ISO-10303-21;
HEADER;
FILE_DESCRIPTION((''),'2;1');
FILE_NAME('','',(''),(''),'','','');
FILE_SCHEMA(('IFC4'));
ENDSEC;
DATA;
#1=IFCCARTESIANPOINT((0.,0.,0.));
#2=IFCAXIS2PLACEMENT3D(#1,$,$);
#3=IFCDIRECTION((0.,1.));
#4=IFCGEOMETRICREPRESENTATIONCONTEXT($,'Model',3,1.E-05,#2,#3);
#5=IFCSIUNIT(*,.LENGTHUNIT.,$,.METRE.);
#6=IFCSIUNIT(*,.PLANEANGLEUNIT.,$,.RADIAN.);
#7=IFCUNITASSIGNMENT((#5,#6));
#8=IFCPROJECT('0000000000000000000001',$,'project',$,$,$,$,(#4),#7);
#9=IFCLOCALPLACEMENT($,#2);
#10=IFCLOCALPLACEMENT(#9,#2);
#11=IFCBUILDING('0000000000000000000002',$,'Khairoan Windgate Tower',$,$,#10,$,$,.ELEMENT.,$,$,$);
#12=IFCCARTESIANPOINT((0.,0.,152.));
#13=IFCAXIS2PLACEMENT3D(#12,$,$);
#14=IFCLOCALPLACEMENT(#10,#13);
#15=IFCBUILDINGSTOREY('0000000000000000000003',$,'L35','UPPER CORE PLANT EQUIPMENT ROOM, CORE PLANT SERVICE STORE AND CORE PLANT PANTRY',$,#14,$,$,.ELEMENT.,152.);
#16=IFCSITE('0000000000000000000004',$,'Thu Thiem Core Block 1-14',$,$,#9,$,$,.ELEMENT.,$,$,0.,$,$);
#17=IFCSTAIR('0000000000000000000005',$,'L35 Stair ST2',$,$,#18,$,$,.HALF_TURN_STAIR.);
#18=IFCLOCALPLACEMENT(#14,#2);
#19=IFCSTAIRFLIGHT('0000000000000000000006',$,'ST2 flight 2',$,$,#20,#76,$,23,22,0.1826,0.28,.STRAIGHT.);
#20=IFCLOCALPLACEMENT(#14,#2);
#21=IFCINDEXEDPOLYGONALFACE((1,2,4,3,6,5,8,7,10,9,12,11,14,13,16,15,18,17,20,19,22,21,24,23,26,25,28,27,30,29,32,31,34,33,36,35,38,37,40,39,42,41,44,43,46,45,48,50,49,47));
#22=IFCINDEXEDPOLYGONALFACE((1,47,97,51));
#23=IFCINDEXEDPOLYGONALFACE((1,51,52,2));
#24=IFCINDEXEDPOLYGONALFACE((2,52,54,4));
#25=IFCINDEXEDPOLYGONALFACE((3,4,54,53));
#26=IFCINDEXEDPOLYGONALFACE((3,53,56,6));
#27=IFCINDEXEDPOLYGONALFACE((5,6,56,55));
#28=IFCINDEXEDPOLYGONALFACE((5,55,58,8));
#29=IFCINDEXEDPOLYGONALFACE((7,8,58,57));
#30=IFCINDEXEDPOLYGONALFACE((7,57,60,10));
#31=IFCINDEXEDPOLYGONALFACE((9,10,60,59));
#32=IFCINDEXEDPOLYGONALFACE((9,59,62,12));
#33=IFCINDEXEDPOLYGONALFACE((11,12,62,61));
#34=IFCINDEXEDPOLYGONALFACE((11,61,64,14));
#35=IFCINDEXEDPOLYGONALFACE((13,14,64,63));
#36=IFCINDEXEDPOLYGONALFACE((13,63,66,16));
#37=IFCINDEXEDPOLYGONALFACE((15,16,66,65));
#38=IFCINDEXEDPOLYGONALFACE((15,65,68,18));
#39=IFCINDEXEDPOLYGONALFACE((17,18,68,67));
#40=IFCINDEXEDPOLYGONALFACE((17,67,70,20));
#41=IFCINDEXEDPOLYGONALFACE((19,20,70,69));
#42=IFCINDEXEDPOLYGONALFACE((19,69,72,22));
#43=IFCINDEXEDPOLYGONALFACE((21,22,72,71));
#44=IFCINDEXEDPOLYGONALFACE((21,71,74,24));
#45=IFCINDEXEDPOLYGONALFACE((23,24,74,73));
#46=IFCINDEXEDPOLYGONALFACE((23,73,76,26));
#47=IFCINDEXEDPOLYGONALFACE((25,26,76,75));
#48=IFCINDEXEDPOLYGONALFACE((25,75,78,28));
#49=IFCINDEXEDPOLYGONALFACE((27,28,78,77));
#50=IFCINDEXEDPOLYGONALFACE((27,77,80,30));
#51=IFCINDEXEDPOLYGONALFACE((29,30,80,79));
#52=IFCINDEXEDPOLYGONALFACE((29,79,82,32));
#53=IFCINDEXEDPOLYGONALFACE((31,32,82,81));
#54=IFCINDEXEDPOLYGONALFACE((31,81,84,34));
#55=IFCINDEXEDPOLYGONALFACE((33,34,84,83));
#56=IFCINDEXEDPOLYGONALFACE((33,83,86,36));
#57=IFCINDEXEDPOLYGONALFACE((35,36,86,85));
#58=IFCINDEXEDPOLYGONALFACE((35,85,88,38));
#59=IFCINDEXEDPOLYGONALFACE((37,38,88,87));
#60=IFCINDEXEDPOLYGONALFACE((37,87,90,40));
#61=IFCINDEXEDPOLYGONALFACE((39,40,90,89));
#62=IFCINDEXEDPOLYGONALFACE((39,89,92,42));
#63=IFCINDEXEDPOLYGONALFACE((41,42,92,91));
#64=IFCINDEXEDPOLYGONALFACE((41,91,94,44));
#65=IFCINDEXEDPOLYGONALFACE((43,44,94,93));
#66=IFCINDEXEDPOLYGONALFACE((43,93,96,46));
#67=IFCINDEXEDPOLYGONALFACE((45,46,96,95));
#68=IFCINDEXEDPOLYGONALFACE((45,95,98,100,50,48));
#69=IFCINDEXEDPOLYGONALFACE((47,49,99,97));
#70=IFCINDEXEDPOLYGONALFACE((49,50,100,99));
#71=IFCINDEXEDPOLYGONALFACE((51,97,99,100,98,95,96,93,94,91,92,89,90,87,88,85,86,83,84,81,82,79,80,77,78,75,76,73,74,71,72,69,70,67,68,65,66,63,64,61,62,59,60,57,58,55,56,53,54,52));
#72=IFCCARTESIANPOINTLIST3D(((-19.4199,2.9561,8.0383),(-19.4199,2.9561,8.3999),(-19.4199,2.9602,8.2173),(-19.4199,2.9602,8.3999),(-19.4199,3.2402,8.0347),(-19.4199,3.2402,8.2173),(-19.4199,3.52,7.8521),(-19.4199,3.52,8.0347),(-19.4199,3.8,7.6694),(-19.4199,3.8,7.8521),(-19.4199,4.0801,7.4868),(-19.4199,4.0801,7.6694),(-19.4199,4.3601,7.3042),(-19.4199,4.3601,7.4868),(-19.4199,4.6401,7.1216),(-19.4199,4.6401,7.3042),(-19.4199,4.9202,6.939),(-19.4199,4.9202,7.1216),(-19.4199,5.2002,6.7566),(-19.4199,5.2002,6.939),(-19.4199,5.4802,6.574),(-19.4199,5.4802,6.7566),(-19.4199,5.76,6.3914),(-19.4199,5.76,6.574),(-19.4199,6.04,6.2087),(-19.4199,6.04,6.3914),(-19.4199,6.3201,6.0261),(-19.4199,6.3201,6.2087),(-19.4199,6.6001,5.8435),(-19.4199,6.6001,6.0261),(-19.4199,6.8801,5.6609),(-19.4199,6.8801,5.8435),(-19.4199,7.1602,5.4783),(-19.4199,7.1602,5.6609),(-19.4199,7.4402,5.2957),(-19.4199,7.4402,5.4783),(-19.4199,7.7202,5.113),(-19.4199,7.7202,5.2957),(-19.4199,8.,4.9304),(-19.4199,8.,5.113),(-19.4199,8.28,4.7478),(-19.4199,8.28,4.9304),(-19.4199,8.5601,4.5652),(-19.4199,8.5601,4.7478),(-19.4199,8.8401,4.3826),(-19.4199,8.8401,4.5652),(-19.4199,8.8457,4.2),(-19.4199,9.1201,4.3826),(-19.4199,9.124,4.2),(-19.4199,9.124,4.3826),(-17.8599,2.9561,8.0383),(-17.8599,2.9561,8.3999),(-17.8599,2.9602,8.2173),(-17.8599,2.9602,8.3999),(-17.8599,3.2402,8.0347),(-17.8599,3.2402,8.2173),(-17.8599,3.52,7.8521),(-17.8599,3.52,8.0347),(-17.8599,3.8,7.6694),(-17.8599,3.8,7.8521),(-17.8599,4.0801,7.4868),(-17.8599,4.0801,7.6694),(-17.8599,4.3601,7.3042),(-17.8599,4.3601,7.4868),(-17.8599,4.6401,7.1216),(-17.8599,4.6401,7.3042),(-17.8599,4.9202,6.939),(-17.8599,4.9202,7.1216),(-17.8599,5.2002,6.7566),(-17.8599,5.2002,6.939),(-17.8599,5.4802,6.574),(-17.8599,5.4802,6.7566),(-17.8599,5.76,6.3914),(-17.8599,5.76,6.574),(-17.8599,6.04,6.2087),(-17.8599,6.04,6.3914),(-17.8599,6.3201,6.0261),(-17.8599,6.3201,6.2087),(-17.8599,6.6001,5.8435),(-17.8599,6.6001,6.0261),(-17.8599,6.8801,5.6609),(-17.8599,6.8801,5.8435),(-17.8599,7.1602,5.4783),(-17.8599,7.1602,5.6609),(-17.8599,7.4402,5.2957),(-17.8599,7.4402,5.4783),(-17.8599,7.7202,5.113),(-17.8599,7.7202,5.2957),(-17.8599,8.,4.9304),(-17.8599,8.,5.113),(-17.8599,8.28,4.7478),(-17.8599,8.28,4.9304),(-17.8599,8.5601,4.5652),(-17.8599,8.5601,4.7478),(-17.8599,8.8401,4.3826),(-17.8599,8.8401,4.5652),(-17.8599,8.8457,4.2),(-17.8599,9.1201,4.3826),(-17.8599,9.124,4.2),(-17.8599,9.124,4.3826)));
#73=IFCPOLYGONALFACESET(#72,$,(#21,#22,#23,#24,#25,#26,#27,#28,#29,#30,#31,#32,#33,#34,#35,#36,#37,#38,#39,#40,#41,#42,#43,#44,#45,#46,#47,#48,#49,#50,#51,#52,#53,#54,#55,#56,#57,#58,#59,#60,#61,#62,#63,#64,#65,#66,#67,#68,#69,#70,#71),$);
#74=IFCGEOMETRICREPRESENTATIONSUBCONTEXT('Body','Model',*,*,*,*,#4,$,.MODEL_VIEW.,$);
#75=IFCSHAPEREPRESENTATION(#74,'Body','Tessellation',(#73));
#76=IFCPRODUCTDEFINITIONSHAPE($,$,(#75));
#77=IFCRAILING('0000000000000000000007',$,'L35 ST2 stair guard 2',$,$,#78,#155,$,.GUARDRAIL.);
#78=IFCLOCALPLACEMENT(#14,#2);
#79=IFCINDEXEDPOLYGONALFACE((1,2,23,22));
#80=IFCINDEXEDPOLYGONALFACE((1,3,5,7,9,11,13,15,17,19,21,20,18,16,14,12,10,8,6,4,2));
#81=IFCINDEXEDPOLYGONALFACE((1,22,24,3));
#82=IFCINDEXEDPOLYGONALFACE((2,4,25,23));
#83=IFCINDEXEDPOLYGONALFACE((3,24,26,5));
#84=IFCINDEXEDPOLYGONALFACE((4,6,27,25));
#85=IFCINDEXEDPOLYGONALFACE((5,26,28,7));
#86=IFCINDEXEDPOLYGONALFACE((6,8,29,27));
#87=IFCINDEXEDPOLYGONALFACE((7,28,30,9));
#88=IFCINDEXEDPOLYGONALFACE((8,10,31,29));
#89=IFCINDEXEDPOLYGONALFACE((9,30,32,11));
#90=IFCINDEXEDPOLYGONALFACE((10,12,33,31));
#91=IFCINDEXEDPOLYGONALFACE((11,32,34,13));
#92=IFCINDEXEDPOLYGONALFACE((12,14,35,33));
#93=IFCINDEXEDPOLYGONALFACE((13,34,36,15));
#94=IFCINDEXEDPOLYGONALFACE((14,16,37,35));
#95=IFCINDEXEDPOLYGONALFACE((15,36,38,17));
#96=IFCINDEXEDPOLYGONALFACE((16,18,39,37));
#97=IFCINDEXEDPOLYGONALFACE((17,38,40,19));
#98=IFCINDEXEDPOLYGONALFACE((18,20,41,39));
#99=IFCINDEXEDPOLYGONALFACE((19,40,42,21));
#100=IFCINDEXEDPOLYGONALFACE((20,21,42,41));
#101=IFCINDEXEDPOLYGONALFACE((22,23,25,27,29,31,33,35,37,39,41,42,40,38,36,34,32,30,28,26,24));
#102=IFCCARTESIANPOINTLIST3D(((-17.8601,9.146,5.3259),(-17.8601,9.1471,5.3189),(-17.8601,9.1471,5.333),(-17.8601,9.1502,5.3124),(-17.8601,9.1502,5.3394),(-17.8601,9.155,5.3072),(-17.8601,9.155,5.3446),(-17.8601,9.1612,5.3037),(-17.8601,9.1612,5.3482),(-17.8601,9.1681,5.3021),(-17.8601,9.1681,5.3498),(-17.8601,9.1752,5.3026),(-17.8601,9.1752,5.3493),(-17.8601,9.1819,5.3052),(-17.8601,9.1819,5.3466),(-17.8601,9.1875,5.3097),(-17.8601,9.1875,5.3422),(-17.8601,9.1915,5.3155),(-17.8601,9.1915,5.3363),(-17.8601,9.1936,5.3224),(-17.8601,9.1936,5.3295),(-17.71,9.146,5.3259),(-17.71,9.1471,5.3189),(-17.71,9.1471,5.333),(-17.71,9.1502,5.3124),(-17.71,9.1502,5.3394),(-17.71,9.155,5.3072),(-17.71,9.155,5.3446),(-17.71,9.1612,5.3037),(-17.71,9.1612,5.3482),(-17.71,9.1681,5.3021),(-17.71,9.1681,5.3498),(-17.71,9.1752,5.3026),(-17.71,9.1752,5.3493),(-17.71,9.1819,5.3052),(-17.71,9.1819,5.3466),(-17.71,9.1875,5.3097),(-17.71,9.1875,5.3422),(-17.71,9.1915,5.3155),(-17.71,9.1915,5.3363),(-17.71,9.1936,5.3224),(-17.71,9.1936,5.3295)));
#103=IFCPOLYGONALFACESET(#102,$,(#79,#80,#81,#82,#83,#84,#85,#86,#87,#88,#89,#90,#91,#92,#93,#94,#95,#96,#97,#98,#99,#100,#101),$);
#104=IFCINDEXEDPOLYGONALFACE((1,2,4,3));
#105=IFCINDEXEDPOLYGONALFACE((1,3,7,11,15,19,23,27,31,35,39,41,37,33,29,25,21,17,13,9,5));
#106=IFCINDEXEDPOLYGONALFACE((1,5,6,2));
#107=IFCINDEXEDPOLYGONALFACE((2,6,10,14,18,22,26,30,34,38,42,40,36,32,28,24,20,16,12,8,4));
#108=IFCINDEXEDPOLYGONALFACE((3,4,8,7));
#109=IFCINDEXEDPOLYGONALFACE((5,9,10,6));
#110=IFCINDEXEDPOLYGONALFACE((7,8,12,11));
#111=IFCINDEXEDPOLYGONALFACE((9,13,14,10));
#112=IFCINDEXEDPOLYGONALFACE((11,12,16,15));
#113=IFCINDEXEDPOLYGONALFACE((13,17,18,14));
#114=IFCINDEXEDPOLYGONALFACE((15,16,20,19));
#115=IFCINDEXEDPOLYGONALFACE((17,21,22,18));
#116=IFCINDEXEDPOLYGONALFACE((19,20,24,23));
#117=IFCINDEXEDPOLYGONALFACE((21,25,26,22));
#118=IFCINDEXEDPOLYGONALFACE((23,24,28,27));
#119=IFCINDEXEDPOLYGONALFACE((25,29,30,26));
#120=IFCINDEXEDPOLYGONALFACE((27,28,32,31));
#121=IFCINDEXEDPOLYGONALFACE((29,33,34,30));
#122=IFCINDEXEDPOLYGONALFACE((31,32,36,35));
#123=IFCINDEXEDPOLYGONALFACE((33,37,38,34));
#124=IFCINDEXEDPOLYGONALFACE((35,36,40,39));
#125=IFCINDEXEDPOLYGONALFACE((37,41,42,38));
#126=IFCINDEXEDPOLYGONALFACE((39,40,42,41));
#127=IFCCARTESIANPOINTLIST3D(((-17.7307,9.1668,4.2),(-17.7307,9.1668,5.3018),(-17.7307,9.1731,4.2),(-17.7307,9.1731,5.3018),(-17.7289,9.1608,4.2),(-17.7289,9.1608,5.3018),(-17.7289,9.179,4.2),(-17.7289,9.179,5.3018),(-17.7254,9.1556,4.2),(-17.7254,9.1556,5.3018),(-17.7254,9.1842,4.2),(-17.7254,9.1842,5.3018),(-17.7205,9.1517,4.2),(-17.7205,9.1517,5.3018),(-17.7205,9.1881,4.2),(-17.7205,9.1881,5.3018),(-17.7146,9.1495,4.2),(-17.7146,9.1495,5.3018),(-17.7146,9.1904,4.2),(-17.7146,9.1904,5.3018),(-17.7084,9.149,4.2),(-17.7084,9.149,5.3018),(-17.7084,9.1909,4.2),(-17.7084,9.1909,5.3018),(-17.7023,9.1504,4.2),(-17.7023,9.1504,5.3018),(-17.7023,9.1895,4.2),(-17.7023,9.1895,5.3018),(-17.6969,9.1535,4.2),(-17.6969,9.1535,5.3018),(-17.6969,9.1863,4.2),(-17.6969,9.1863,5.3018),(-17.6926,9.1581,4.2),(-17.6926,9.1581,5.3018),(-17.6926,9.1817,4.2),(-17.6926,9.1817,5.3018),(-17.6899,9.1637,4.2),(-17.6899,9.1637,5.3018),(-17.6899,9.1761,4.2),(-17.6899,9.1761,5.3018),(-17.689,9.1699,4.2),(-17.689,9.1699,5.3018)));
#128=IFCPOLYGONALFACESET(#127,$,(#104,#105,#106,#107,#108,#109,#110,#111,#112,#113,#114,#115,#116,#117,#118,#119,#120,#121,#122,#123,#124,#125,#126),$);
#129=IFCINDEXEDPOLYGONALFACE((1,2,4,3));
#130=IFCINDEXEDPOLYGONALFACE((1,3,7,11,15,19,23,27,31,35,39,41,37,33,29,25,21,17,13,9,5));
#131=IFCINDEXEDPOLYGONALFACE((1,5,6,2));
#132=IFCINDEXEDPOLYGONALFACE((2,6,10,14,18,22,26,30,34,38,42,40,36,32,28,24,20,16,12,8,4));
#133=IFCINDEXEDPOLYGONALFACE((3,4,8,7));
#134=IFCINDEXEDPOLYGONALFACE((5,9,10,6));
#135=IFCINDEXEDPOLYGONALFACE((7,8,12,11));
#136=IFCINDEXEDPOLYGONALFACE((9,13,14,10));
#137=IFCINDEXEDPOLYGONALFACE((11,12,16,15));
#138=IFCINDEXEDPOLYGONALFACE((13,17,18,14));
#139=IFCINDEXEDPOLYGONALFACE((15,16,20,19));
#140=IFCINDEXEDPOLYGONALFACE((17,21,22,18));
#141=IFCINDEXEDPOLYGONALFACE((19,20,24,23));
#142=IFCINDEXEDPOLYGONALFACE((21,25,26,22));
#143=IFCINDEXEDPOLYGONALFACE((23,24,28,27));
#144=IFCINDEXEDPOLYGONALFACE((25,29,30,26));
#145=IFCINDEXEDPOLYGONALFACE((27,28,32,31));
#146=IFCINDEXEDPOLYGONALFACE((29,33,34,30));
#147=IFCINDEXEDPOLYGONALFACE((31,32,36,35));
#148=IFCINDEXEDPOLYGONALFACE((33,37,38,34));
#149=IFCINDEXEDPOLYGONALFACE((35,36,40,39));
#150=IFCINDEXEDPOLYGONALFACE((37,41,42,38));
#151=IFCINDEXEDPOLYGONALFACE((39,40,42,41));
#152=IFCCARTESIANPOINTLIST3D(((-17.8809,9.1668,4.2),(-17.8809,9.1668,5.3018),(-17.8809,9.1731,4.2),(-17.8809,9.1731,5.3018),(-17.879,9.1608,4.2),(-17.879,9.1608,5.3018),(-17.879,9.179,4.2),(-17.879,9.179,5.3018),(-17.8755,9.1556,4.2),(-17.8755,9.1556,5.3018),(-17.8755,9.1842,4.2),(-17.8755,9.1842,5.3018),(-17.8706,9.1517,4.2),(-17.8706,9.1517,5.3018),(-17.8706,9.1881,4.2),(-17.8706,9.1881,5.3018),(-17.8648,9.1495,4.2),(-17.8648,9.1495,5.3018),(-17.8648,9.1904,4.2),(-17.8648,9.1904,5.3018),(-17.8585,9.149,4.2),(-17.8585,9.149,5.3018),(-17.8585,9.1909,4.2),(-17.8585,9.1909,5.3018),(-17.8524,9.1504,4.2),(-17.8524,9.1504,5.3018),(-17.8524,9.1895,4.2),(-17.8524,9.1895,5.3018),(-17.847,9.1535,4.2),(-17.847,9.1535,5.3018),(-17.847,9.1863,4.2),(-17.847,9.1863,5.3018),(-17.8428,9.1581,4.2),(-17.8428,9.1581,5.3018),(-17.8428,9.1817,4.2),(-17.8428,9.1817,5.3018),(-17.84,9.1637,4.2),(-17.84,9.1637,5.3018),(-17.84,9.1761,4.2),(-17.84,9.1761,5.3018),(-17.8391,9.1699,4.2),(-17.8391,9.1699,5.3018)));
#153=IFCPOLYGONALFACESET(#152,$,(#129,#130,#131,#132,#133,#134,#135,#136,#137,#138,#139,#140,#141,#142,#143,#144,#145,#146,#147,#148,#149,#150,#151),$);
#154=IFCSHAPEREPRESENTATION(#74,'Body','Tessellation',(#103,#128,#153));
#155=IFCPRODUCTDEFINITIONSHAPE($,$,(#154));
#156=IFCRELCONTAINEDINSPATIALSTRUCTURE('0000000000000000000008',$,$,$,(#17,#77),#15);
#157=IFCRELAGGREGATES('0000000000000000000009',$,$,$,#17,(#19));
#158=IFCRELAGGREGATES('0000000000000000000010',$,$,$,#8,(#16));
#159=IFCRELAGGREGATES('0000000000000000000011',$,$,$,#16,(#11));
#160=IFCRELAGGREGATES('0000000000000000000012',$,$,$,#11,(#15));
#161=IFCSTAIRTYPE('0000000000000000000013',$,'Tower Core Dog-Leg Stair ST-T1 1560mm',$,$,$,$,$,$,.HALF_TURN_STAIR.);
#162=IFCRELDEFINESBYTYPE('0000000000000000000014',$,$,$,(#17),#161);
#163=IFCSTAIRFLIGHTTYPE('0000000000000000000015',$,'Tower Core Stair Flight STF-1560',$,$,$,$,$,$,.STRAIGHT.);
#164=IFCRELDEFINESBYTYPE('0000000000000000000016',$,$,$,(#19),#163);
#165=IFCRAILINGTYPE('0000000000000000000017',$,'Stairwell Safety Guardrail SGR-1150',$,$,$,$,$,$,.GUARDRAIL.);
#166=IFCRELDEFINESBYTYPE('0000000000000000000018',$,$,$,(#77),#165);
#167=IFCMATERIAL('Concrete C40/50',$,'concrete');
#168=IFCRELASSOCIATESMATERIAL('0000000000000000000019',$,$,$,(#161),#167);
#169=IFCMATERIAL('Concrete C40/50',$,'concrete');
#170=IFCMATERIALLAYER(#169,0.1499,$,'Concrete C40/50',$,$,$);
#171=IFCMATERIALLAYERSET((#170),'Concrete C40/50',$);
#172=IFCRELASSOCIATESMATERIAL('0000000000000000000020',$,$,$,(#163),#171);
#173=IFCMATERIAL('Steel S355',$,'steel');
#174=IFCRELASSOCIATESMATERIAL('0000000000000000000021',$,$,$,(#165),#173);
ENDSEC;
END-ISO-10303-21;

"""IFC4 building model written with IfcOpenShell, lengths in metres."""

from ifc_helpers import new_model, si_unit, direction, frame, origin, origin_2d, place, context, subcontext, project, spatial, polyline, circle, outline, extrude, material, layer, layer_set, type_object, element, aggregate, save


model = new_model("IFC4")

# Units and contexts
model_context = context("Model", 3, precision=1e-05, world=origin(), true_north=direction((0.0, 1.0)))
body_context = subcontext(model_context, "Body", "Model", "MODEL_VIEW")
ifc_project = project(units=[si_unit("LENGTHUNIT", "METRE"), si_unit("PLANEANGLEUNIT", "RADIAN")], contexts=[model_context])

# Site, building, storey
site_placement = place(None, origin())
site = spatial("IfcSite", under=ifc_project, at=site_placement, Name="Thu Thiem Core Block 1-14", CompositionType="ELEMENT", RefElevation=0.0)
building_placement = place(site_placement, origin())
building = spatial("IfcBuilding", under=site, at=building_placement, Name="Khairoan Windgate Tower", CompositionType="ELEMENT")
storey_placement = place(building_placement, frame((0.0, 0.0, 152.0)))
storey = spatial("IfcBuildingStorey", under=building, at=storey_placement, Name="L35", Description="UPPER CORE PLANT EQUIPMENT ROOM, CORE PLANT SERVICE STORE AND CORE PLANT PANTRY", CompositionType="ELEMENT", Elevation=152.0)

# Stair, stair flight
ifc_material_1 = material(Name="Concrete C40/50", Category="concrete")
stair_type = type_object("IfcStairType", Name="Tower Core Dog-Leg Stair ST-T1 1560mm", PredefinedType="HALF_TURN_STAIR", material=ifc_material_1)
stair_placement = place(storey_placement, origin())
stair = element("IfcStair", 1, at=stair_placement, inside=storey, type_object=stair_type, Name="L35 Stair ST2", PredefinedType="HALF_TURN_STAIR")
ifc_material_2 = material(Name="Concrete C40/50", Category="concrete")
ifc_layer_1 = layer(ifc_material_2, 0.1499, Name="Concrete C40/50")
ifc_layer_set_1 = layer_set([ifc_layer_1], Name="Concrete C40/50")
stair_flight_type = type_object("IfcStairFlightType", Name="Tower Core Stair Flight STF-1560", PredefinedType="STRAIGHT", material=ifc_layer_set_1)
stair_flight_1_placement = place(storey_placement, frame((-18.6399, 9.1201, 4.2), z_axis=(0.0, 0.0, 1.0), x_axis=(0.0, -1.0, 0.0)))
stair_flight_1 = element("IfcStairFlight", 2, at=stair_flight_1_placement, type_object=stair_flight_type, Name="ST2 flight 2", NumberOfRisers=23, NumberOfTreads=22, PredefinedType="STRAIGHT", RiserHeight=0.1826, TreadLength=0.28, context=body_context, shape_type="SweptSolid", body=[
    extrude(outline(polyline([(-0.0039, 0.0), (-0.0039, 0.1826), (0.0, 0.1826), (0.28, 0.1826), (0.28, 0.3652), (0.5601, 0.3652), (0.5601, 0.5479), (0.8401, 0.5479), (0.8401, 0.7305), (1.1201, 0.7305), (1.1201, 0.9131), (1.3999, 0.9131), (1.3999, 1.0957), (1.6799, 1.0957), (1.6799, 1.2783), (1.96, 1.2783), (1.96, 1.4609), (2.24, 1.4609), (2.24, 1.6436), (2.52, 1.6436), (2.52, 1.8262), (2.8, 1.8262), (2.8, 2.0088), (3.0801, 2.0088), (3.0801, 2.1914), (3.3601, 2.1914), (3.3601, 2.374), (3.6399, 2.374), (3.6399, 2.5566), (3.9199, 2.5566), (3.9199, 2.739), (4.2, 2.739), (4.2, 2.9216), (4.48, 2.9216), (4.48, 3.1042), (4.76, 3.1042), (4.76, 3.2869), (5.04, 3.2869), (5.04, 3.4695), (5.3201, 3.4695), (5.3201, 3.6521), (5.6001, 3.6521), (5.6001, 3.8347), (5.8799, 3.8347), (5.8799, 4.0173), (6.1599, 4.0173), (6.1599, 4.2), (6.1641, 4.2), (6.1641, 3.8384), (0.2744, 0.0), (-0.0039, 0.0)])), frame((0.0, 0.78, 0.0), z_axis=(0.0, -1.0, 0.0), x_axis=(1.0, 0.0, 0.0)), (0.0, 0.0, 1.0), 1.5601),
])
aggregate(stair, [stair_flight_1])

# Railing
ifc_material_3 = material(Name="Steel S355", Category="steel")
railing_type_1 = type_object("IfcRailingType", Name="Stairwell Safety Guardrail SGR-1150", PredefinedType="GUARDRAIL", material=ifc_material_3)
railing_1_placement = place(storey_placement, frame((-17.71, 9.1699, 4.2)))
element("IfcRailing", 3, at=railing_1_placement, inside=storey, type_object=railing_type_1, Name="L35 ST2 stair guard 2", PredefinedType="GUARDRAIL", context=body_context, shape_type="SweptSolid", body=[
    extrude(circle(Radius=0.0239, at=origin_2d()), frame((0.0, 0.0, 1.126), z_axis=(-1.0, 0.0, 0.0), x_axis=(0.0, -1.0, 0.0)), (0.0, 0.0, 1.0), 0.1501),
    extrude(circle(Radius=0.021, at=origin_2d()), origin(), (0.0, 0.0, 1.0), 1.1018),
    extrude(circle(Radius=0.021, at=origin_2d()), frame((-0.1501, 0.0, 0.0)), (0.0, 0.0, 1.0), 1.1018),
])

save(model, "model.ifc")
